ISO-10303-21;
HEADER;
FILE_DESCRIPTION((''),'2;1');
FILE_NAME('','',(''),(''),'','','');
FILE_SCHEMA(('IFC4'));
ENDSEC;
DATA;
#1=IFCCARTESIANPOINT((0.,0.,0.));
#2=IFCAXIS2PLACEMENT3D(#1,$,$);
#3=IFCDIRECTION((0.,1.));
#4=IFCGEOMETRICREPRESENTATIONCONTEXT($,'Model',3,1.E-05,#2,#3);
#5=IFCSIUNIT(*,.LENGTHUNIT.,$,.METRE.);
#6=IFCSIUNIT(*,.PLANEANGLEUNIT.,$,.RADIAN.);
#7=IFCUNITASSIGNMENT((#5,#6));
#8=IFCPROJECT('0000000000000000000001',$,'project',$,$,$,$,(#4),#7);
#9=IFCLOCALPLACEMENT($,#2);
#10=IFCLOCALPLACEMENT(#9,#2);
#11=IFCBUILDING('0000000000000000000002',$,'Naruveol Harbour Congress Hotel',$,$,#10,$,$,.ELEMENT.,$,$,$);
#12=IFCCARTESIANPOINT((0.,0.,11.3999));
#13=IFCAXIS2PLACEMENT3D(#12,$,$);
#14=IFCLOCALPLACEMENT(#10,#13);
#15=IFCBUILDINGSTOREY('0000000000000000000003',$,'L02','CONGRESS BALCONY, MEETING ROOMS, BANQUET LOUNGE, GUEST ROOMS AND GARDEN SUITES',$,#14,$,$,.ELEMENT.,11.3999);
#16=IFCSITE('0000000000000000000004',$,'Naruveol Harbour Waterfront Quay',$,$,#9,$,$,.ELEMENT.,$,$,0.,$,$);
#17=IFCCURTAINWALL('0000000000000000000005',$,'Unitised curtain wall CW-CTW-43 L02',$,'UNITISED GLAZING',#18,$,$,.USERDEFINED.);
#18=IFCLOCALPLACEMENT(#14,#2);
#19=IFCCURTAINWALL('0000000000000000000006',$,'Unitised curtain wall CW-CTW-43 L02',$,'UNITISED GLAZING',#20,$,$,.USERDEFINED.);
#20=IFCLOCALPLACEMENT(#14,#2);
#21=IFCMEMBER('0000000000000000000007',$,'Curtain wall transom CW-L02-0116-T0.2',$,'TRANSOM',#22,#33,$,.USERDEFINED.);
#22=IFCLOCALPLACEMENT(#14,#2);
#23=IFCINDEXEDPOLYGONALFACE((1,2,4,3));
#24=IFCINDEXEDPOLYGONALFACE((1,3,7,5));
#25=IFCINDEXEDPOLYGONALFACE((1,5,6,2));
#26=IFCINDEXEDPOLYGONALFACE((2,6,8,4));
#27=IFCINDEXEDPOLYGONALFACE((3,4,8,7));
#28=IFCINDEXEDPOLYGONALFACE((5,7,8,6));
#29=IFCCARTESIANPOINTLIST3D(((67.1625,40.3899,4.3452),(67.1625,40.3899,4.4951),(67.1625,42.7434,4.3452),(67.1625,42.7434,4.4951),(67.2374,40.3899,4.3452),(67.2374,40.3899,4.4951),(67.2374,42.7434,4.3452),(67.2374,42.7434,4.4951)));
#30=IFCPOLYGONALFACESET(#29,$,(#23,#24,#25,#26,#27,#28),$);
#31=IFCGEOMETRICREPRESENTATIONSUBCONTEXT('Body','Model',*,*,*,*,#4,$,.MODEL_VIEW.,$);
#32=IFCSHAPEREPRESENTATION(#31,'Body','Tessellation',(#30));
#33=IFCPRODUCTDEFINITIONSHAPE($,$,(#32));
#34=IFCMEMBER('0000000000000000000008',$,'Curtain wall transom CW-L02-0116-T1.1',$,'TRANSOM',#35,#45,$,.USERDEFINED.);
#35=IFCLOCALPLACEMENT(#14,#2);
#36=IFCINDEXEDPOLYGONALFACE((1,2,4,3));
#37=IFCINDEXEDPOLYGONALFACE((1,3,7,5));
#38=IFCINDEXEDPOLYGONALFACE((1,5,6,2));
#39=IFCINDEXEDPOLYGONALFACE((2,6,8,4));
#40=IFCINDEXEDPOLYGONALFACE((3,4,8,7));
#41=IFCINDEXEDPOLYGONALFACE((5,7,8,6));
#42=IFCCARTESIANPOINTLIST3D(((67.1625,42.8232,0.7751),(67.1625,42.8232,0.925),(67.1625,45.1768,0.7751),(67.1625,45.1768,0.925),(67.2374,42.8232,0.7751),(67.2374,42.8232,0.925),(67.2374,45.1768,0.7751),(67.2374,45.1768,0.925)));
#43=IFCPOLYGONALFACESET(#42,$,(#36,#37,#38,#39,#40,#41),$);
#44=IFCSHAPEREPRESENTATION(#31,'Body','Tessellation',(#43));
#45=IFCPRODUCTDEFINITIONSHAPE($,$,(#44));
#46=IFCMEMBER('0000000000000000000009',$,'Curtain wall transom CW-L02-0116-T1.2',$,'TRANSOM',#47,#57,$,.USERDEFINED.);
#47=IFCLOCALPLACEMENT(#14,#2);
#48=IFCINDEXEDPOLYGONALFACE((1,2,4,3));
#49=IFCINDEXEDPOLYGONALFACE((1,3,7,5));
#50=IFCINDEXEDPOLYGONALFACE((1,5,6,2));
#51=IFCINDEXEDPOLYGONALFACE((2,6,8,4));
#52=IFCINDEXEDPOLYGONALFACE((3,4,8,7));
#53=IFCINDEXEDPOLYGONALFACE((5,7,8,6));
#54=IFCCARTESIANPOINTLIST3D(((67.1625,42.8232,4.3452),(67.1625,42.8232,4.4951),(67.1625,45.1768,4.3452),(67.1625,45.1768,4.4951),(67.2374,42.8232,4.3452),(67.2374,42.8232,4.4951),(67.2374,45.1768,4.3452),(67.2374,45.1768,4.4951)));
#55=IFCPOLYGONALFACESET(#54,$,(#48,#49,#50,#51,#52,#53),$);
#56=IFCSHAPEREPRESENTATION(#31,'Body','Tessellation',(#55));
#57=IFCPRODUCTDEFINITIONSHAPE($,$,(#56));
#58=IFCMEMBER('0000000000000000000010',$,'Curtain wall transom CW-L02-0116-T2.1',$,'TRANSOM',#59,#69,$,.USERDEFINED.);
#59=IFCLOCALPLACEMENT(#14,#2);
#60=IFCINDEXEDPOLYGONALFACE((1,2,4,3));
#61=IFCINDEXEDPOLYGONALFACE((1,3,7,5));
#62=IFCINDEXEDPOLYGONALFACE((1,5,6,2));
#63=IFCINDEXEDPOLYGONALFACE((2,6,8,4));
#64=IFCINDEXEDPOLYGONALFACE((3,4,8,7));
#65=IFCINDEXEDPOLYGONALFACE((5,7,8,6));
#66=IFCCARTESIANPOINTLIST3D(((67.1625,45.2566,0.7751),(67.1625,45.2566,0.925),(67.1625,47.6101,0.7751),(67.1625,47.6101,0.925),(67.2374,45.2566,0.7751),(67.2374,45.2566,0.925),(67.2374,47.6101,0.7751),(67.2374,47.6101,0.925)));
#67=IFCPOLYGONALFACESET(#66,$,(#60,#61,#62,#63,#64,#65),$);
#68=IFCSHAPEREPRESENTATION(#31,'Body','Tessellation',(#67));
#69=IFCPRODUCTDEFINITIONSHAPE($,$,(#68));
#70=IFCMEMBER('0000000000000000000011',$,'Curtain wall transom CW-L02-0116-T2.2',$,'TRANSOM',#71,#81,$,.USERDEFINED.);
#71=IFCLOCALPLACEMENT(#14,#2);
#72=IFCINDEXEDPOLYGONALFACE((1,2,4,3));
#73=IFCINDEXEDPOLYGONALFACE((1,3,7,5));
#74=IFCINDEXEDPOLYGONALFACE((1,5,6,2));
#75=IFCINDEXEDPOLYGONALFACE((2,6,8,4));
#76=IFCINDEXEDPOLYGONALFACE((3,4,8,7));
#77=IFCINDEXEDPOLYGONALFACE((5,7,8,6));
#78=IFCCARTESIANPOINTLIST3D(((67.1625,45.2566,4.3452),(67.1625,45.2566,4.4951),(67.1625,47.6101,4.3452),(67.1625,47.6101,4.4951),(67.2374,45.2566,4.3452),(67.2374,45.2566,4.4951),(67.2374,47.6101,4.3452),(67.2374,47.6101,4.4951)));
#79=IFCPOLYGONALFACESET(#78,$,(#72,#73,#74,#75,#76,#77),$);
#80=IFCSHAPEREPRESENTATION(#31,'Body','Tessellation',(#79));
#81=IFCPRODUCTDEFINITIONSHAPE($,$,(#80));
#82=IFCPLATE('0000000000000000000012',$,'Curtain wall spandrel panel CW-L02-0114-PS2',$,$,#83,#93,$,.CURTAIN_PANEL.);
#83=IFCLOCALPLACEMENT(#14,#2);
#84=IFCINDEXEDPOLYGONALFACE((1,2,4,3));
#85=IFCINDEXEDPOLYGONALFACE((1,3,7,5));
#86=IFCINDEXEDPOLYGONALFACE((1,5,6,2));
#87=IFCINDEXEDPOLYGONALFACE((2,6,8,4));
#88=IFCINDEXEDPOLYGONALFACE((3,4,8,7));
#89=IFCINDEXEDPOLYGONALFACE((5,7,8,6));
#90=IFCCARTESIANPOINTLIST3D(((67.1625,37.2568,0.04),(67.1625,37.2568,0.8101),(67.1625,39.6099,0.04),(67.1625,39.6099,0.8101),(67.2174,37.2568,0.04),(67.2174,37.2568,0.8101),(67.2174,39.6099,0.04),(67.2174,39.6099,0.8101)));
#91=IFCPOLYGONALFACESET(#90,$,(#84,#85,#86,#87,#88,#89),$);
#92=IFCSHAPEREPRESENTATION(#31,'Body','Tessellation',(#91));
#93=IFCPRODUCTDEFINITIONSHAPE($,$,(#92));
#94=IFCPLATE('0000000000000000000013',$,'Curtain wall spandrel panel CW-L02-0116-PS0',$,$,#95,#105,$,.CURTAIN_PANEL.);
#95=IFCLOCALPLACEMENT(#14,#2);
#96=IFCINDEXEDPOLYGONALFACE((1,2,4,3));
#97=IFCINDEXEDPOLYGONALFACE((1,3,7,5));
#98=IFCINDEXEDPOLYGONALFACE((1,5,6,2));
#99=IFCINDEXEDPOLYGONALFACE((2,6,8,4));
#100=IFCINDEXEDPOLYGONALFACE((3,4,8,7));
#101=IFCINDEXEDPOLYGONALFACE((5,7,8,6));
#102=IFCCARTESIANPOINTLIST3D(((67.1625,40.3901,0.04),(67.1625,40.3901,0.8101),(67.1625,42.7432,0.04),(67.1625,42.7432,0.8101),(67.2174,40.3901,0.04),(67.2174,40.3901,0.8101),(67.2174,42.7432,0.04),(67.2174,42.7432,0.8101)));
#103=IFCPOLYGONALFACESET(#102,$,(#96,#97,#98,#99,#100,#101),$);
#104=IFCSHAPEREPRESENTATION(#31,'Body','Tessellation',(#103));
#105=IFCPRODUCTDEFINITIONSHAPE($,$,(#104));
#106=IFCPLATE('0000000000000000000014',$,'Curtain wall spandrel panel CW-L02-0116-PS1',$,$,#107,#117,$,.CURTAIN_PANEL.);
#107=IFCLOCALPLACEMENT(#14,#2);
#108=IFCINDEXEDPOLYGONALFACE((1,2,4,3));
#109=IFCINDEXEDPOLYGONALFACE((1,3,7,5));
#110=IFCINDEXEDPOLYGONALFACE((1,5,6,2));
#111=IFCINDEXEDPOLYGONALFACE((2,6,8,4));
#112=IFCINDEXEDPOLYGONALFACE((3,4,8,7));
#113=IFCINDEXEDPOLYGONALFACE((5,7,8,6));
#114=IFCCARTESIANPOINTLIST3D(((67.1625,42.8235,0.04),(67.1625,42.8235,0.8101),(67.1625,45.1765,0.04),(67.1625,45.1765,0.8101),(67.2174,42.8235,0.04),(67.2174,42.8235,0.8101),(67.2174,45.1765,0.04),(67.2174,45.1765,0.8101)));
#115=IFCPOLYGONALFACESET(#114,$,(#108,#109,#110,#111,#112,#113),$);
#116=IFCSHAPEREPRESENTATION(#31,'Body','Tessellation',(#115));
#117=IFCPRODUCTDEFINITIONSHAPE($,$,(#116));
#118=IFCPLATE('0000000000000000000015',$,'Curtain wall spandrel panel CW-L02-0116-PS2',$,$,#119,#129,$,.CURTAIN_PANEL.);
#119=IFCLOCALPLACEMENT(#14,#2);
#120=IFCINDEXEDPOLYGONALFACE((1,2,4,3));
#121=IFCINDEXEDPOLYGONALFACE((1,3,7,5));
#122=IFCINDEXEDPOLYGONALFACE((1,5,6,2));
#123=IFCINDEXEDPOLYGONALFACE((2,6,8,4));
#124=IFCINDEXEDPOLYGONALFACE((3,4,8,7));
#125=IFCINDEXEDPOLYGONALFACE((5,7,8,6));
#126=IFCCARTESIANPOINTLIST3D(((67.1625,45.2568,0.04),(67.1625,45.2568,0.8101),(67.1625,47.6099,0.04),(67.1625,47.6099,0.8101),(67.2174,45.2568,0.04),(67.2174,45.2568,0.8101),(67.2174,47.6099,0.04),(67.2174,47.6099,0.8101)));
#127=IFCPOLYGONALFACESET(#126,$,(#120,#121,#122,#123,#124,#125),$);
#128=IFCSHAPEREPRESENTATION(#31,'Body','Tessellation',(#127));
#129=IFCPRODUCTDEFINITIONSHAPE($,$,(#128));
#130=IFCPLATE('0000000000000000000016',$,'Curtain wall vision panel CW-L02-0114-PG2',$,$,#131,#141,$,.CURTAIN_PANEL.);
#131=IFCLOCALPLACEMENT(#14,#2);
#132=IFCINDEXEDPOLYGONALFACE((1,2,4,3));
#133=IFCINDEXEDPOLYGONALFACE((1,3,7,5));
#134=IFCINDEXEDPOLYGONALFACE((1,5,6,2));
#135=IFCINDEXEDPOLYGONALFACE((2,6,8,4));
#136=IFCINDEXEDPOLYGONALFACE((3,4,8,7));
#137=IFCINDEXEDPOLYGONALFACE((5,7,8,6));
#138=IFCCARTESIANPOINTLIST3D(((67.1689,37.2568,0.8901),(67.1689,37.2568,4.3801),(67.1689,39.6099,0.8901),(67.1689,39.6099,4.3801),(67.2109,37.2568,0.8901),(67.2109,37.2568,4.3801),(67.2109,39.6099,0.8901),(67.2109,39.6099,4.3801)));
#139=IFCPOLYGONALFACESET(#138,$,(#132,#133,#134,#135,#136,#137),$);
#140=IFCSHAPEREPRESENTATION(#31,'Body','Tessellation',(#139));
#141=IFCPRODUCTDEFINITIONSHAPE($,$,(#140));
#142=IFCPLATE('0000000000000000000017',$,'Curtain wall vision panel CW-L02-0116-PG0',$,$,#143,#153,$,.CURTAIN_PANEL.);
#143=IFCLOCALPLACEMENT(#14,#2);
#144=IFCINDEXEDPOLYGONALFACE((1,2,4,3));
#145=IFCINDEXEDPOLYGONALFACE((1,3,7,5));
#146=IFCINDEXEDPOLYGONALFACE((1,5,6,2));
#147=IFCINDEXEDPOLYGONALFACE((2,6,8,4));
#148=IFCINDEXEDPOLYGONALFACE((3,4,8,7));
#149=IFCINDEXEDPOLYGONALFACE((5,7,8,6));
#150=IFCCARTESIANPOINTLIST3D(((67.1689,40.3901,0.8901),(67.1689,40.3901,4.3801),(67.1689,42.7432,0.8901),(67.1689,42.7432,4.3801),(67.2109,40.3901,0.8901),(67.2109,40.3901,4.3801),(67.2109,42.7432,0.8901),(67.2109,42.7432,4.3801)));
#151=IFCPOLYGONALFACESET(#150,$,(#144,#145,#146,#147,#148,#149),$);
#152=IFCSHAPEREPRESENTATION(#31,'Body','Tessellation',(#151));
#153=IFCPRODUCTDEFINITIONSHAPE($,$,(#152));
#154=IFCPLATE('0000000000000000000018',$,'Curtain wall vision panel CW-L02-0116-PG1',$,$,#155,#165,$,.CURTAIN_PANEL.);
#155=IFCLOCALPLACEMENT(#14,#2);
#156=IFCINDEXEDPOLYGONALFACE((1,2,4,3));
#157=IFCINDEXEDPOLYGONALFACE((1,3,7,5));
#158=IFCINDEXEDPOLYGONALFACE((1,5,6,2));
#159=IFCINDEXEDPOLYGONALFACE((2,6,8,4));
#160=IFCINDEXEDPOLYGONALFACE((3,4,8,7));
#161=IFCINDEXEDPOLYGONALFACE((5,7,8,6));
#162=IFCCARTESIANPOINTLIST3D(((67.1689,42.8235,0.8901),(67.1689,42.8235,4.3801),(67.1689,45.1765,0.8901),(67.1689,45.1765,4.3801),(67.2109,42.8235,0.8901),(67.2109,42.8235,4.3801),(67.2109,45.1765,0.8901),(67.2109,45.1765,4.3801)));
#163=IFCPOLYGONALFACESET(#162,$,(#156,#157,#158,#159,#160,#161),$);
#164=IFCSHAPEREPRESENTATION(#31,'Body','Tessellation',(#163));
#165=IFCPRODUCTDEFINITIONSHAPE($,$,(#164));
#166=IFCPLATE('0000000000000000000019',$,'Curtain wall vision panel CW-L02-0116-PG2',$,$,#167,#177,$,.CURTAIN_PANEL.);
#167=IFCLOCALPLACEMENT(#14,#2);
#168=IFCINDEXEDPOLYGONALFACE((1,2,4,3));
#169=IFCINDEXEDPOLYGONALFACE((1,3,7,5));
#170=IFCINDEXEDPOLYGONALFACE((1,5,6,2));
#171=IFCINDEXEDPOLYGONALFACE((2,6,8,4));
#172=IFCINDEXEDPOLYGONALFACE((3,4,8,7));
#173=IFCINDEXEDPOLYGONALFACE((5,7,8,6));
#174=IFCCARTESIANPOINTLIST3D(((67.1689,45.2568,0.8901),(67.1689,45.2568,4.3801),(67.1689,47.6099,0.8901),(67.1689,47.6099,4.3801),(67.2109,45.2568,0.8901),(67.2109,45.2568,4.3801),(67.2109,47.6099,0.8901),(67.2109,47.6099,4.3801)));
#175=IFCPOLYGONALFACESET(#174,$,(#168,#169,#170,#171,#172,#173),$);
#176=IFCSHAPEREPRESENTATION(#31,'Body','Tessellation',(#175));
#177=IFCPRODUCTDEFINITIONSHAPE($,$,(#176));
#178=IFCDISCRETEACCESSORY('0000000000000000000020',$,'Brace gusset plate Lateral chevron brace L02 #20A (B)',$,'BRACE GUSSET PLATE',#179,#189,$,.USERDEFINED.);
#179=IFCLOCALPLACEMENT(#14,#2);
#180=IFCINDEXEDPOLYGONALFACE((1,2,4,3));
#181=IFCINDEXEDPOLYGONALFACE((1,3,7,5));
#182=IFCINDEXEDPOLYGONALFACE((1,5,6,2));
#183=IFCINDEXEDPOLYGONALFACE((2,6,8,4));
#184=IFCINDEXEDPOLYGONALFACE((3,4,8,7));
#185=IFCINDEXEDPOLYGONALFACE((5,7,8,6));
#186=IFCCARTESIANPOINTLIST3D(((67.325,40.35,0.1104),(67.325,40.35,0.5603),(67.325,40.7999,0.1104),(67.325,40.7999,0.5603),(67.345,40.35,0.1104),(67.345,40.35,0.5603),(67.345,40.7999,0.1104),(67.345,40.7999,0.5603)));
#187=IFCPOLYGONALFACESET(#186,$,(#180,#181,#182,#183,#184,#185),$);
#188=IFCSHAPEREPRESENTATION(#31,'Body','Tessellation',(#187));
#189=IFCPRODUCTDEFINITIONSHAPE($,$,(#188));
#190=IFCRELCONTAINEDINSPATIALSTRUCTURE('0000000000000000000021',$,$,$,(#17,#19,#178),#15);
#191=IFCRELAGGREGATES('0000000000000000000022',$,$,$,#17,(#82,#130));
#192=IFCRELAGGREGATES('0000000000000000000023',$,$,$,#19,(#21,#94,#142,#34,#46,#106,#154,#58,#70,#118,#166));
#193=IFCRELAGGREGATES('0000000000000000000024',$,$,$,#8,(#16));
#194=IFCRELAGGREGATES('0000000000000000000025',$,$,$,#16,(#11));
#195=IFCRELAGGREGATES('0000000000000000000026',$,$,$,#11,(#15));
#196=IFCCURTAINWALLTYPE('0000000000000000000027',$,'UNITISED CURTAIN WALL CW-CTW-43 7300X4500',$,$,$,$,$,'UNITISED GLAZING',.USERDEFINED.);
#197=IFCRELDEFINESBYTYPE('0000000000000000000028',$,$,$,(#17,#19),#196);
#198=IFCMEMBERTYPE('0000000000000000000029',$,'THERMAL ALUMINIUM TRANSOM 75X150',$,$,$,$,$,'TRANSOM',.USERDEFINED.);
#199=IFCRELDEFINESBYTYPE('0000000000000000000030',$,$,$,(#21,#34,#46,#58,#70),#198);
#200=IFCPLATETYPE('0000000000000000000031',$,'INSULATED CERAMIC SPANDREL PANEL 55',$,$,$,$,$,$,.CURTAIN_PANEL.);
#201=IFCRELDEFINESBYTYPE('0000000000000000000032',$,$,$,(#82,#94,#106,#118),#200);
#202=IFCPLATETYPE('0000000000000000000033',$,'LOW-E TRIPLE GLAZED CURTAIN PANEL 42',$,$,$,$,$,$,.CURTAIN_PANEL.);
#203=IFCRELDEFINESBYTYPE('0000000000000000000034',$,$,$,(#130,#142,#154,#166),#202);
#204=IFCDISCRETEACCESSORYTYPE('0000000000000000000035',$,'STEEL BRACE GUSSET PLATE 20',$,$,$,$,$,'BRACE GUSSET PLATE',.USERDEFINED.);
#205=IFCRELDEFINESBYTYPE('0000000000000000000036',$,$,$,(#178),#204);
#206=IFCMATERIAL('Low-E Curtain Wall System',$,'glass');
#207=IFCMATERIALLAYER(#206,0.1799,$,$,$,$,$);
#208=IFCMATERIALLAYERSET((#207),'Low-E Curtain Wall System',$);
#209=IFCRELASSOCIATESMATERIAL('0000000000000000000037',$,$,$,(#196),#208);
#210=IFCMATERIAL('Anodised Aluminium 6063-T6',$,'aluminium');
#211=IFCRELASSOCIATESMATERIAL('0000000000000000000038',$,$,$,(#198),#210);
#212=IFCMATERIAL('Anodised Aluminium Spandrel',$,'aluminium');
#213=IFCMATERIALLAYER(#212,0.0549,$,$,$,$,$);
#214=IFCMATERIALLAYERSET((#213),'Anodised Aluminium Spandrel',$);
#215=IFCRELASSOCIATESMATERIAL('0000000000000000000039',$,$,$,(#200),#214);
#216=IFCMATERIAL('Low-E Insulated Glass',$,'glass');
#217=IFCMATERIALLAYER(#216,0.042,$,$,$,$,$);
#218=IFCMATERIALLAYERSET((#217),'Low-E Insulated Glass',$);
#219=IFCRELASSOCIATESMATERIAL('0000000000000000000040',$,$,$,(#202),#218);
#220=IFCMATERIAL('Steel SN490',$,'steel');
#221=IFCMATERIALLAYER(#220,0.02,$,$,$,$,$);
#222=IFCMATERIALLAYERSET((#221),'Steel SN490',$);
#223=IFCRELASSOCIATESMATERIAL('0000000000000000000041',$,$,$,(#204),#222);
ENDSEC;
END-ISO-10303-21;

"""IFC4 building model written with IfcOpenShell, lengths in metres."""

from ifc_helpers import new_model, si_unit, direction, frame, origin, origin_2d, place, context, subcontext, project, spatial, rectangle, extrude, material, layer, layer_set, material_profile, profile_set, type_object, element, aggregate, save


model = new_model("IFC4")

# Units and contexts
model_context = context("Model", 3, precision=1e-05, world=origin(), true_north=direction((0.0, 1.0)))
body_context = subcontext(model_context, "Body", "Model", "MODEL_VIEW")
ifc_project = project(units=[si_unit("LENGTHUNIT", "METRE"), si_unit("PLANEANGLEUNIT", "RADIAN")], contexts=[model_context])

# Site, building, storey
site_placement = place(None, origin())
site = spatial("IfcSite", under=ifc_project, at=site_placement, Name="Naruveol Harbour Waterfront Quay", CompositionType="ELEMENT", RefElevation=0.0)
building_placement = place(site_placement, origin())
building = spatial("IfcBuilding", under=site, at=building_placement, Name="Naruveol Harbour Congress Hotel", CompositionType="ELEMENT")
storey_placement = place(building_placement, frame((0.0, 0.0, 11.3999)))
storey = spatial("IfcBuildingStorey", under=building, at=storey_placement, Name="L02", Description="CONGRESS BALCONY, MEETING ROOMS, BANQUET LOUNGE, GUEST ROOMS AND GARDEN SUITES", CompositionType="ELEMENT", Elevation=11.3999)

# Curtain walls
ifc_material_1 = material(Name="Low-E Curtain Wall System", Category="glass")
ifc_layer_1 = layer(ifc_material_1, 0.1799)
ifc_layer_set_1 = layer_set([ifc_layer_1], Name="Low-E Curtain Wall System")
curtain_wall_type = type_object("IfcCurtainWallType", Name="UNITISED CURTAIN WALL CW-CTW-43 7300X4500", ElementType="UNITISED GLAZING", PredefinedType="USERDEFINED", material=ifc_layer_set_1)
curtain_wall_1_placement = place(storey_placement, origin())
curtain_wall_1 = element("IfcCurtainWall", 1, at=curtain_wall_1_placement, inside=storey, type_object=curtain_wall_type, Name="Unitised curtain wall CW-CTW-43 L02", ObjectType="UNITISED GLAZING", PredefinedType="USERDEFINED")
curtain_wall_2_placement = place(storey_placement, origin())
curtain_wall_2 = element("IfcCurtainWall", 2, at=curtain_wall_2_placement, inside=storey, type_object=curtain_wall_type, Name="Unitised curtain wall CW-CTW-43 L02", ObjectType="UNITISED GLAZING", PredefinedType="USERDEFINED")

# Members
ifc_material_2 = material(Name="Anodised Aluminium 6063-T6", Category="aluminium")
ifc_material_profile_1 = material_profile(ifc_material_2, rectangle(XDim=0.075, YDim=0.1499, at=origin_2d()), Name="ALU-75x150")
ifc_profile_set_1 = profile_set([ifc_material_profile_1], Name="Anodised Aluminium 6063-T6")
member_type_1 = type_object("IfcMemberType", Name="THERMAL ALUMINIUM TRANSOM 75X150", ElementType="TRANSOM", PredefinedType="USERDEFINED", material=ifc_profile_set_1)
member_1_placement = place(storey_placement, frame((67.2, 40.3899, 4.4202), z_axis=(0.0, 1.0, 0.0), x_axis=(-1.0, 0.0, 0.0)))
member_1 = element("IfcMember", 3, at=member_1_placement, type_object=member_type_1, Name="Curtain wall transom CW-L02-0116-T0.2", ObjectType="TRANSOM", PredefinedType="USERDEFINED", context=body_context, shape_type="SweptSolid", body=[
    extrude(rectangle(XDim=0.075, YDim=0.1499, at=origin_2d()), origin(), (0.0, 0.0, 1.0), 2.3535),
])
member_2_placement = place(storey_placement, frame((67.2, 42.8232, 0.8501), z_axis=(0.0, 1.0, 0.0), x_axis=(-1.0, 0.0, 0.0)))
member_2 = element("IfcMember", 4, at=member_2_placement, type_object=member_type_1, Name="Curtain wall transom CW-L02-0116-T1.1", ObjectType="TRANSOM", PredefinedType="USERDEFINED", context=body_context, shape_type="SweptSolid", body=[
    extrude(rectangle(XDim=0.075, YDim=0.1499, at=origin_2d()), origin(), (0.0, 0.0, 1.0), 2.3535),
])
member_3_placement = place(storey_placement, frame((67.2, 42.8232, 4.4202), z_axis=(0.0, 1.0, 0.0), x_axis=(-1.0, 0.0, 0.0)))
member_3 = element("IfcMember", 5, at=member_3_placement, type_object=member_type_1, Name="Curtain wall transom CW-L02-0116-T1.2", ObjectType="TRANSOM", PredefinedType="USERDEFINED", context=body_context, shape_type="SweptSolid", body=[
    extrude(rectangle(XDim=0.075, YDim=0.1499, at=origin_2d()), origin(), (0.0, 0.0, 1.0), 2.3535),
])
member_4_placement = place(storey_placement, frame((67.2, 45.2566, 0.8501), z_axis=(0.0, 1.0, 0.0), x_axis=(-1.0, 0.0, 0.0)))
member_4 = element("IfcMember", 6, at=member_4_placement, type_object=member_type_1, Name="Curtain wall transom CW-L02-0116-T2.1", ObjectType="TRANSOM", PredefinedType="USERDEFINED", context=body_context, shape_type="SweptSolid", body=[
    extrude(rectangle(XDim=0.075, YDim=0.1499, at=origin_2d()), origin(), (0.0, 0.0, 1.0), 2.3535),
])
member_5_placement = place(storey_placement, frame((67.2, 45.2566, 4.4202), z_axis=(0.0, 1.0, 0.0), x_axis=(-1.0, 0.0, 0.0)))
member_5 = element("IfcMember", 7, at=member_5_placement, type_object=member_type_1, Name="Curtain wall transom CW-L02-0116-T2.2", ObjectType="TRANSOM", PredefinedType="USERDEFINED", context=body_context, shape_type="SweptSolid", body=[
    extrude(rectangle(XDim=0.075, YDim=0.1499, at=origin_2d()), origin(), (0.0, 0.0, 1.0), 2.3535),
])

# Plates
ifc_material_3 = material(Name="Anodised Aluminium Spandrel", Category="aluminium")
ifc_layer_2 = layer(ifc_material_3, 0.0549)
ifc_layer_set_2 = layer_set([ifc_layer_2], Name="Anodised Aluminium Spandrel")
plate_type_1 = type_object("IfcPlateType", Name="INSULATED CERAMIC SPANDREL PANEL 55", PredefinedType="CURTAIN_PANEL", material=ifc_layer_set_2)
plate_1_placement = place(storey_placement, frame((67.1899, 38.4333, 0.04), z_axis=(0.0, 0.0, 1.0), x_axis=(0.0, 1.0, 0.0)))
plate_1 = element("IfcPlate", 8, at=plate_1_placement, type_object=plate_type_1, Name="Curtain wall spandrel panel CW-L02-0114-PS2", PredefinedType="CURTAIN_PANEL", context=body_context, shape_type="SweptSolid", body=[
    extrude(rectangle(XDim=2.353, YDim=0.0549, at=origin_2d()), origin(), (0.0, 0.0, 1.0), 0.77),
])
plate_2_placement = place(storey_placement, frame((67.1899, 41.5667, 0.04), z_axis=(0.0, 0.0, 1.0), x_axis=(0.0, 1.0, 0.0)))
plate_2 = element("IfcPlate", 9, at=plate_2_placement, type_object=plate_type_1, Name="Curtain wall spandrel panel CW-L02-0116-PS0", PredefinedType="CURTAIN_PANEL", context=body_context, shape_type="SweptSolid", body=[
    extrude(rectangle(XDim=2.353, YDim=0.0549, at=origin_2d()), origin(), (0.0, 0.0, 1.0), 0.77),
])
plate_3_placement = place(storey_placement, frame((67.1899, 44.0, 0.04), z_axis=(0.0, 0.0, 1.0), x_axis=(0.0, 1.0, 0.0)))
plate_3 = element("IfcPlate", 10, at=plate_3_placement, type_object=plate_type_1, Name="Curtain wall spandrel panel CW-L02-0116-PS1", PredefinedType="CURTAIN_PANEL", context=body_context, shape_type="SweptSolid", body=[
    extrude(rectangle(XDim=2.353, YDim=0.0549, at=origin_2d()), origin(), (0.0, 0.0, 1.0), 0.77),
])
plate_4_placement = place(storey_placement, frame((67.1899, 46.4333, 0.04), z_axis=(0.0, 0.0, 1.0), x_axis=(0.0, 1.0, 0.0)))
plate_4 = element("IfcPlate", 11, at=plate_4_placement, type_object=plate_type_1, Name="Curtain wall spandrel panel CW-L02-0116-PS2", PredefinedType="CURTAIN_PANEL", context=body_context, shape_type="SweptSolid", body=[
    extrude(rectangle(XDim=2.353, YDim=0.0549, at=origin_2d()), origin(), (0.0, 0.0, 1.0), 0.77),
])
ifc_material_4 = material(Name="Low-E Insulated Glass", Category="glass")
ifc_layer_3 = layer(ifc_material_4, 0.042)
ifc_layer_set_3 = layer_set([ifc_layer_3], Name="Low-E Insulated Glass")
plate_type_2 = type_object("IfcPlateType", Name="LOW-E TRIPLE GLAZED CURTAIN PANEL 42", PredefinedType="CURTAIN_PANEL", material=ifc_layer_set_3)
plate_5_placement = place(storey_placement, frame((67.1899, 38.4333, 0.8901), z_axis=(0.0, 0.0, 1.0), x_axis=(0.0, 1.0, 0.0)))
plate_5 = element("IfcPlate", 12, at=plate_5_placement, type_object=plate_type_2, Name="Curtain wall vision panel CW-L02-0114-PG2", PredefinedType="CURTAIN_PANEL", context=body_context, shape_type="SweptSolid", body=[
    extrude(rectangle(XDim=2.353, YDim=0.042, at=origin_2d()), origin(), (0.0, 0.0, 1.0), 3.49),
])
aggregate(curtain_wall_1, [plate_1, plate_5])
plate_6_placement = place(storey_placement, frame((67.1899, 41.5667, 0.8901), z_axis=(0.0, 0.0, 1.0), x_axis=(0.0, 1.0, 0.0)))
plate_6 = element("IfcPlate", 13, at=plate_6_placement, type_object=plate_type_2, Name="Curtain wall vision panel CW-L02-0116-PG0", PredefinedType="CURTAIN_PANEL", context=body_context, shape_type="SweptSolid", body=[
    extrude(rectangle(XDim=2.353, YDim=0.042, at=origin_2d()), origin(), (0.0, 0.0, 1.0), 3.49),
])
plate_7_placement = place(storey_placement, frame((67.1899, 44.0, 0.8901), z_axis=(0.0, 0.0, 1.0), x_axis=(0.0, 1.0, 0.0)))
plate_7 = element("IfcPlate", 14, at=plate_7_placement, type_object=plate_type_2, Name="Curtain wall vision panel CW-L02-0116-PG1", PredefinedType="CURTAIN_PANEL", context=body_context, shape_type="SweptSolid", body=[
    extrude(rectangle(XDim=2.353, YDim=0.042, at=origin_2d()), origin(), (0.0, 0.0, 1.0), 3.49),
])
plate_8_placement = place(storey_placement, frame((67.1899, 46.4333, 0.8901), z_axis=(0.0, 0.0, 1.0), x_axis=(0.0, 1.0, 0.0)))
plate_8 = element("IfcPlate", 15, at=plate_8_placement, type_object=plate_type_2, Name="Curtain wall vision panel CW-L02-0116-PG2", PredefinedType="CURTAIN_PANEL", context=body_context, shape_type="SweptSolid", body=[
    extrude(rectangle(XDim=2.353, YDim=0.042, at=origin_2d()), origin(), (0.0, 0.0, 1.0), 3.49),
])
aggregate(curtain_wall_2, [member_1, plate_2, plate_6, member_2, member_3, plate_3, plate_7, member_4, member_5, plate_4, plate_8])

# Discrete accessory
ifc_material_5 = material(Name="Steel SN490", Category="steel")
ifc_layer_4 = layer(ifc_material_5, 0.02)
ifc_layer_set_4 = layer_set([ifc_layer_4], Name="Steel SN490")
discrete_accessory_type = type_object("IfcDiscreteAccessoryType", Name="STEEL BRACE GUSSET PLATE 20", ElementType="BRACE GUSSET PLATE", PredefinedType="USERDEFINED", material=ifc_layer_set_4)
for number, where, z_axis, x_axis, name in (
    (16, (67.335, 40.575, 0.1104), (0.0, 0.0, 1.0), (0.0, 1.0, 0.0), "Brace gusset plate Lateral chevron brace L02 #20A (B)"),
):
    element("IfcDiscreteAccessory", number, at=place(storey_placement, frame(where, z_axis=z_axis, x_axis=x_axis)), inside=storey, type_object=discrete_accessory_type, Name=name, ObjectType="BRACE GUSSET PLATE", PredefinedType="USERDEFINED", context=body_context, shape_type="SweptSolid", body=[
        extrude(rectangle(XDim=0.45, YDim=0.02, at=origin_2d()), origin(), (0.0, 0.0, 1.0), 0.45),
    ])

save(model, "model.ifc")
